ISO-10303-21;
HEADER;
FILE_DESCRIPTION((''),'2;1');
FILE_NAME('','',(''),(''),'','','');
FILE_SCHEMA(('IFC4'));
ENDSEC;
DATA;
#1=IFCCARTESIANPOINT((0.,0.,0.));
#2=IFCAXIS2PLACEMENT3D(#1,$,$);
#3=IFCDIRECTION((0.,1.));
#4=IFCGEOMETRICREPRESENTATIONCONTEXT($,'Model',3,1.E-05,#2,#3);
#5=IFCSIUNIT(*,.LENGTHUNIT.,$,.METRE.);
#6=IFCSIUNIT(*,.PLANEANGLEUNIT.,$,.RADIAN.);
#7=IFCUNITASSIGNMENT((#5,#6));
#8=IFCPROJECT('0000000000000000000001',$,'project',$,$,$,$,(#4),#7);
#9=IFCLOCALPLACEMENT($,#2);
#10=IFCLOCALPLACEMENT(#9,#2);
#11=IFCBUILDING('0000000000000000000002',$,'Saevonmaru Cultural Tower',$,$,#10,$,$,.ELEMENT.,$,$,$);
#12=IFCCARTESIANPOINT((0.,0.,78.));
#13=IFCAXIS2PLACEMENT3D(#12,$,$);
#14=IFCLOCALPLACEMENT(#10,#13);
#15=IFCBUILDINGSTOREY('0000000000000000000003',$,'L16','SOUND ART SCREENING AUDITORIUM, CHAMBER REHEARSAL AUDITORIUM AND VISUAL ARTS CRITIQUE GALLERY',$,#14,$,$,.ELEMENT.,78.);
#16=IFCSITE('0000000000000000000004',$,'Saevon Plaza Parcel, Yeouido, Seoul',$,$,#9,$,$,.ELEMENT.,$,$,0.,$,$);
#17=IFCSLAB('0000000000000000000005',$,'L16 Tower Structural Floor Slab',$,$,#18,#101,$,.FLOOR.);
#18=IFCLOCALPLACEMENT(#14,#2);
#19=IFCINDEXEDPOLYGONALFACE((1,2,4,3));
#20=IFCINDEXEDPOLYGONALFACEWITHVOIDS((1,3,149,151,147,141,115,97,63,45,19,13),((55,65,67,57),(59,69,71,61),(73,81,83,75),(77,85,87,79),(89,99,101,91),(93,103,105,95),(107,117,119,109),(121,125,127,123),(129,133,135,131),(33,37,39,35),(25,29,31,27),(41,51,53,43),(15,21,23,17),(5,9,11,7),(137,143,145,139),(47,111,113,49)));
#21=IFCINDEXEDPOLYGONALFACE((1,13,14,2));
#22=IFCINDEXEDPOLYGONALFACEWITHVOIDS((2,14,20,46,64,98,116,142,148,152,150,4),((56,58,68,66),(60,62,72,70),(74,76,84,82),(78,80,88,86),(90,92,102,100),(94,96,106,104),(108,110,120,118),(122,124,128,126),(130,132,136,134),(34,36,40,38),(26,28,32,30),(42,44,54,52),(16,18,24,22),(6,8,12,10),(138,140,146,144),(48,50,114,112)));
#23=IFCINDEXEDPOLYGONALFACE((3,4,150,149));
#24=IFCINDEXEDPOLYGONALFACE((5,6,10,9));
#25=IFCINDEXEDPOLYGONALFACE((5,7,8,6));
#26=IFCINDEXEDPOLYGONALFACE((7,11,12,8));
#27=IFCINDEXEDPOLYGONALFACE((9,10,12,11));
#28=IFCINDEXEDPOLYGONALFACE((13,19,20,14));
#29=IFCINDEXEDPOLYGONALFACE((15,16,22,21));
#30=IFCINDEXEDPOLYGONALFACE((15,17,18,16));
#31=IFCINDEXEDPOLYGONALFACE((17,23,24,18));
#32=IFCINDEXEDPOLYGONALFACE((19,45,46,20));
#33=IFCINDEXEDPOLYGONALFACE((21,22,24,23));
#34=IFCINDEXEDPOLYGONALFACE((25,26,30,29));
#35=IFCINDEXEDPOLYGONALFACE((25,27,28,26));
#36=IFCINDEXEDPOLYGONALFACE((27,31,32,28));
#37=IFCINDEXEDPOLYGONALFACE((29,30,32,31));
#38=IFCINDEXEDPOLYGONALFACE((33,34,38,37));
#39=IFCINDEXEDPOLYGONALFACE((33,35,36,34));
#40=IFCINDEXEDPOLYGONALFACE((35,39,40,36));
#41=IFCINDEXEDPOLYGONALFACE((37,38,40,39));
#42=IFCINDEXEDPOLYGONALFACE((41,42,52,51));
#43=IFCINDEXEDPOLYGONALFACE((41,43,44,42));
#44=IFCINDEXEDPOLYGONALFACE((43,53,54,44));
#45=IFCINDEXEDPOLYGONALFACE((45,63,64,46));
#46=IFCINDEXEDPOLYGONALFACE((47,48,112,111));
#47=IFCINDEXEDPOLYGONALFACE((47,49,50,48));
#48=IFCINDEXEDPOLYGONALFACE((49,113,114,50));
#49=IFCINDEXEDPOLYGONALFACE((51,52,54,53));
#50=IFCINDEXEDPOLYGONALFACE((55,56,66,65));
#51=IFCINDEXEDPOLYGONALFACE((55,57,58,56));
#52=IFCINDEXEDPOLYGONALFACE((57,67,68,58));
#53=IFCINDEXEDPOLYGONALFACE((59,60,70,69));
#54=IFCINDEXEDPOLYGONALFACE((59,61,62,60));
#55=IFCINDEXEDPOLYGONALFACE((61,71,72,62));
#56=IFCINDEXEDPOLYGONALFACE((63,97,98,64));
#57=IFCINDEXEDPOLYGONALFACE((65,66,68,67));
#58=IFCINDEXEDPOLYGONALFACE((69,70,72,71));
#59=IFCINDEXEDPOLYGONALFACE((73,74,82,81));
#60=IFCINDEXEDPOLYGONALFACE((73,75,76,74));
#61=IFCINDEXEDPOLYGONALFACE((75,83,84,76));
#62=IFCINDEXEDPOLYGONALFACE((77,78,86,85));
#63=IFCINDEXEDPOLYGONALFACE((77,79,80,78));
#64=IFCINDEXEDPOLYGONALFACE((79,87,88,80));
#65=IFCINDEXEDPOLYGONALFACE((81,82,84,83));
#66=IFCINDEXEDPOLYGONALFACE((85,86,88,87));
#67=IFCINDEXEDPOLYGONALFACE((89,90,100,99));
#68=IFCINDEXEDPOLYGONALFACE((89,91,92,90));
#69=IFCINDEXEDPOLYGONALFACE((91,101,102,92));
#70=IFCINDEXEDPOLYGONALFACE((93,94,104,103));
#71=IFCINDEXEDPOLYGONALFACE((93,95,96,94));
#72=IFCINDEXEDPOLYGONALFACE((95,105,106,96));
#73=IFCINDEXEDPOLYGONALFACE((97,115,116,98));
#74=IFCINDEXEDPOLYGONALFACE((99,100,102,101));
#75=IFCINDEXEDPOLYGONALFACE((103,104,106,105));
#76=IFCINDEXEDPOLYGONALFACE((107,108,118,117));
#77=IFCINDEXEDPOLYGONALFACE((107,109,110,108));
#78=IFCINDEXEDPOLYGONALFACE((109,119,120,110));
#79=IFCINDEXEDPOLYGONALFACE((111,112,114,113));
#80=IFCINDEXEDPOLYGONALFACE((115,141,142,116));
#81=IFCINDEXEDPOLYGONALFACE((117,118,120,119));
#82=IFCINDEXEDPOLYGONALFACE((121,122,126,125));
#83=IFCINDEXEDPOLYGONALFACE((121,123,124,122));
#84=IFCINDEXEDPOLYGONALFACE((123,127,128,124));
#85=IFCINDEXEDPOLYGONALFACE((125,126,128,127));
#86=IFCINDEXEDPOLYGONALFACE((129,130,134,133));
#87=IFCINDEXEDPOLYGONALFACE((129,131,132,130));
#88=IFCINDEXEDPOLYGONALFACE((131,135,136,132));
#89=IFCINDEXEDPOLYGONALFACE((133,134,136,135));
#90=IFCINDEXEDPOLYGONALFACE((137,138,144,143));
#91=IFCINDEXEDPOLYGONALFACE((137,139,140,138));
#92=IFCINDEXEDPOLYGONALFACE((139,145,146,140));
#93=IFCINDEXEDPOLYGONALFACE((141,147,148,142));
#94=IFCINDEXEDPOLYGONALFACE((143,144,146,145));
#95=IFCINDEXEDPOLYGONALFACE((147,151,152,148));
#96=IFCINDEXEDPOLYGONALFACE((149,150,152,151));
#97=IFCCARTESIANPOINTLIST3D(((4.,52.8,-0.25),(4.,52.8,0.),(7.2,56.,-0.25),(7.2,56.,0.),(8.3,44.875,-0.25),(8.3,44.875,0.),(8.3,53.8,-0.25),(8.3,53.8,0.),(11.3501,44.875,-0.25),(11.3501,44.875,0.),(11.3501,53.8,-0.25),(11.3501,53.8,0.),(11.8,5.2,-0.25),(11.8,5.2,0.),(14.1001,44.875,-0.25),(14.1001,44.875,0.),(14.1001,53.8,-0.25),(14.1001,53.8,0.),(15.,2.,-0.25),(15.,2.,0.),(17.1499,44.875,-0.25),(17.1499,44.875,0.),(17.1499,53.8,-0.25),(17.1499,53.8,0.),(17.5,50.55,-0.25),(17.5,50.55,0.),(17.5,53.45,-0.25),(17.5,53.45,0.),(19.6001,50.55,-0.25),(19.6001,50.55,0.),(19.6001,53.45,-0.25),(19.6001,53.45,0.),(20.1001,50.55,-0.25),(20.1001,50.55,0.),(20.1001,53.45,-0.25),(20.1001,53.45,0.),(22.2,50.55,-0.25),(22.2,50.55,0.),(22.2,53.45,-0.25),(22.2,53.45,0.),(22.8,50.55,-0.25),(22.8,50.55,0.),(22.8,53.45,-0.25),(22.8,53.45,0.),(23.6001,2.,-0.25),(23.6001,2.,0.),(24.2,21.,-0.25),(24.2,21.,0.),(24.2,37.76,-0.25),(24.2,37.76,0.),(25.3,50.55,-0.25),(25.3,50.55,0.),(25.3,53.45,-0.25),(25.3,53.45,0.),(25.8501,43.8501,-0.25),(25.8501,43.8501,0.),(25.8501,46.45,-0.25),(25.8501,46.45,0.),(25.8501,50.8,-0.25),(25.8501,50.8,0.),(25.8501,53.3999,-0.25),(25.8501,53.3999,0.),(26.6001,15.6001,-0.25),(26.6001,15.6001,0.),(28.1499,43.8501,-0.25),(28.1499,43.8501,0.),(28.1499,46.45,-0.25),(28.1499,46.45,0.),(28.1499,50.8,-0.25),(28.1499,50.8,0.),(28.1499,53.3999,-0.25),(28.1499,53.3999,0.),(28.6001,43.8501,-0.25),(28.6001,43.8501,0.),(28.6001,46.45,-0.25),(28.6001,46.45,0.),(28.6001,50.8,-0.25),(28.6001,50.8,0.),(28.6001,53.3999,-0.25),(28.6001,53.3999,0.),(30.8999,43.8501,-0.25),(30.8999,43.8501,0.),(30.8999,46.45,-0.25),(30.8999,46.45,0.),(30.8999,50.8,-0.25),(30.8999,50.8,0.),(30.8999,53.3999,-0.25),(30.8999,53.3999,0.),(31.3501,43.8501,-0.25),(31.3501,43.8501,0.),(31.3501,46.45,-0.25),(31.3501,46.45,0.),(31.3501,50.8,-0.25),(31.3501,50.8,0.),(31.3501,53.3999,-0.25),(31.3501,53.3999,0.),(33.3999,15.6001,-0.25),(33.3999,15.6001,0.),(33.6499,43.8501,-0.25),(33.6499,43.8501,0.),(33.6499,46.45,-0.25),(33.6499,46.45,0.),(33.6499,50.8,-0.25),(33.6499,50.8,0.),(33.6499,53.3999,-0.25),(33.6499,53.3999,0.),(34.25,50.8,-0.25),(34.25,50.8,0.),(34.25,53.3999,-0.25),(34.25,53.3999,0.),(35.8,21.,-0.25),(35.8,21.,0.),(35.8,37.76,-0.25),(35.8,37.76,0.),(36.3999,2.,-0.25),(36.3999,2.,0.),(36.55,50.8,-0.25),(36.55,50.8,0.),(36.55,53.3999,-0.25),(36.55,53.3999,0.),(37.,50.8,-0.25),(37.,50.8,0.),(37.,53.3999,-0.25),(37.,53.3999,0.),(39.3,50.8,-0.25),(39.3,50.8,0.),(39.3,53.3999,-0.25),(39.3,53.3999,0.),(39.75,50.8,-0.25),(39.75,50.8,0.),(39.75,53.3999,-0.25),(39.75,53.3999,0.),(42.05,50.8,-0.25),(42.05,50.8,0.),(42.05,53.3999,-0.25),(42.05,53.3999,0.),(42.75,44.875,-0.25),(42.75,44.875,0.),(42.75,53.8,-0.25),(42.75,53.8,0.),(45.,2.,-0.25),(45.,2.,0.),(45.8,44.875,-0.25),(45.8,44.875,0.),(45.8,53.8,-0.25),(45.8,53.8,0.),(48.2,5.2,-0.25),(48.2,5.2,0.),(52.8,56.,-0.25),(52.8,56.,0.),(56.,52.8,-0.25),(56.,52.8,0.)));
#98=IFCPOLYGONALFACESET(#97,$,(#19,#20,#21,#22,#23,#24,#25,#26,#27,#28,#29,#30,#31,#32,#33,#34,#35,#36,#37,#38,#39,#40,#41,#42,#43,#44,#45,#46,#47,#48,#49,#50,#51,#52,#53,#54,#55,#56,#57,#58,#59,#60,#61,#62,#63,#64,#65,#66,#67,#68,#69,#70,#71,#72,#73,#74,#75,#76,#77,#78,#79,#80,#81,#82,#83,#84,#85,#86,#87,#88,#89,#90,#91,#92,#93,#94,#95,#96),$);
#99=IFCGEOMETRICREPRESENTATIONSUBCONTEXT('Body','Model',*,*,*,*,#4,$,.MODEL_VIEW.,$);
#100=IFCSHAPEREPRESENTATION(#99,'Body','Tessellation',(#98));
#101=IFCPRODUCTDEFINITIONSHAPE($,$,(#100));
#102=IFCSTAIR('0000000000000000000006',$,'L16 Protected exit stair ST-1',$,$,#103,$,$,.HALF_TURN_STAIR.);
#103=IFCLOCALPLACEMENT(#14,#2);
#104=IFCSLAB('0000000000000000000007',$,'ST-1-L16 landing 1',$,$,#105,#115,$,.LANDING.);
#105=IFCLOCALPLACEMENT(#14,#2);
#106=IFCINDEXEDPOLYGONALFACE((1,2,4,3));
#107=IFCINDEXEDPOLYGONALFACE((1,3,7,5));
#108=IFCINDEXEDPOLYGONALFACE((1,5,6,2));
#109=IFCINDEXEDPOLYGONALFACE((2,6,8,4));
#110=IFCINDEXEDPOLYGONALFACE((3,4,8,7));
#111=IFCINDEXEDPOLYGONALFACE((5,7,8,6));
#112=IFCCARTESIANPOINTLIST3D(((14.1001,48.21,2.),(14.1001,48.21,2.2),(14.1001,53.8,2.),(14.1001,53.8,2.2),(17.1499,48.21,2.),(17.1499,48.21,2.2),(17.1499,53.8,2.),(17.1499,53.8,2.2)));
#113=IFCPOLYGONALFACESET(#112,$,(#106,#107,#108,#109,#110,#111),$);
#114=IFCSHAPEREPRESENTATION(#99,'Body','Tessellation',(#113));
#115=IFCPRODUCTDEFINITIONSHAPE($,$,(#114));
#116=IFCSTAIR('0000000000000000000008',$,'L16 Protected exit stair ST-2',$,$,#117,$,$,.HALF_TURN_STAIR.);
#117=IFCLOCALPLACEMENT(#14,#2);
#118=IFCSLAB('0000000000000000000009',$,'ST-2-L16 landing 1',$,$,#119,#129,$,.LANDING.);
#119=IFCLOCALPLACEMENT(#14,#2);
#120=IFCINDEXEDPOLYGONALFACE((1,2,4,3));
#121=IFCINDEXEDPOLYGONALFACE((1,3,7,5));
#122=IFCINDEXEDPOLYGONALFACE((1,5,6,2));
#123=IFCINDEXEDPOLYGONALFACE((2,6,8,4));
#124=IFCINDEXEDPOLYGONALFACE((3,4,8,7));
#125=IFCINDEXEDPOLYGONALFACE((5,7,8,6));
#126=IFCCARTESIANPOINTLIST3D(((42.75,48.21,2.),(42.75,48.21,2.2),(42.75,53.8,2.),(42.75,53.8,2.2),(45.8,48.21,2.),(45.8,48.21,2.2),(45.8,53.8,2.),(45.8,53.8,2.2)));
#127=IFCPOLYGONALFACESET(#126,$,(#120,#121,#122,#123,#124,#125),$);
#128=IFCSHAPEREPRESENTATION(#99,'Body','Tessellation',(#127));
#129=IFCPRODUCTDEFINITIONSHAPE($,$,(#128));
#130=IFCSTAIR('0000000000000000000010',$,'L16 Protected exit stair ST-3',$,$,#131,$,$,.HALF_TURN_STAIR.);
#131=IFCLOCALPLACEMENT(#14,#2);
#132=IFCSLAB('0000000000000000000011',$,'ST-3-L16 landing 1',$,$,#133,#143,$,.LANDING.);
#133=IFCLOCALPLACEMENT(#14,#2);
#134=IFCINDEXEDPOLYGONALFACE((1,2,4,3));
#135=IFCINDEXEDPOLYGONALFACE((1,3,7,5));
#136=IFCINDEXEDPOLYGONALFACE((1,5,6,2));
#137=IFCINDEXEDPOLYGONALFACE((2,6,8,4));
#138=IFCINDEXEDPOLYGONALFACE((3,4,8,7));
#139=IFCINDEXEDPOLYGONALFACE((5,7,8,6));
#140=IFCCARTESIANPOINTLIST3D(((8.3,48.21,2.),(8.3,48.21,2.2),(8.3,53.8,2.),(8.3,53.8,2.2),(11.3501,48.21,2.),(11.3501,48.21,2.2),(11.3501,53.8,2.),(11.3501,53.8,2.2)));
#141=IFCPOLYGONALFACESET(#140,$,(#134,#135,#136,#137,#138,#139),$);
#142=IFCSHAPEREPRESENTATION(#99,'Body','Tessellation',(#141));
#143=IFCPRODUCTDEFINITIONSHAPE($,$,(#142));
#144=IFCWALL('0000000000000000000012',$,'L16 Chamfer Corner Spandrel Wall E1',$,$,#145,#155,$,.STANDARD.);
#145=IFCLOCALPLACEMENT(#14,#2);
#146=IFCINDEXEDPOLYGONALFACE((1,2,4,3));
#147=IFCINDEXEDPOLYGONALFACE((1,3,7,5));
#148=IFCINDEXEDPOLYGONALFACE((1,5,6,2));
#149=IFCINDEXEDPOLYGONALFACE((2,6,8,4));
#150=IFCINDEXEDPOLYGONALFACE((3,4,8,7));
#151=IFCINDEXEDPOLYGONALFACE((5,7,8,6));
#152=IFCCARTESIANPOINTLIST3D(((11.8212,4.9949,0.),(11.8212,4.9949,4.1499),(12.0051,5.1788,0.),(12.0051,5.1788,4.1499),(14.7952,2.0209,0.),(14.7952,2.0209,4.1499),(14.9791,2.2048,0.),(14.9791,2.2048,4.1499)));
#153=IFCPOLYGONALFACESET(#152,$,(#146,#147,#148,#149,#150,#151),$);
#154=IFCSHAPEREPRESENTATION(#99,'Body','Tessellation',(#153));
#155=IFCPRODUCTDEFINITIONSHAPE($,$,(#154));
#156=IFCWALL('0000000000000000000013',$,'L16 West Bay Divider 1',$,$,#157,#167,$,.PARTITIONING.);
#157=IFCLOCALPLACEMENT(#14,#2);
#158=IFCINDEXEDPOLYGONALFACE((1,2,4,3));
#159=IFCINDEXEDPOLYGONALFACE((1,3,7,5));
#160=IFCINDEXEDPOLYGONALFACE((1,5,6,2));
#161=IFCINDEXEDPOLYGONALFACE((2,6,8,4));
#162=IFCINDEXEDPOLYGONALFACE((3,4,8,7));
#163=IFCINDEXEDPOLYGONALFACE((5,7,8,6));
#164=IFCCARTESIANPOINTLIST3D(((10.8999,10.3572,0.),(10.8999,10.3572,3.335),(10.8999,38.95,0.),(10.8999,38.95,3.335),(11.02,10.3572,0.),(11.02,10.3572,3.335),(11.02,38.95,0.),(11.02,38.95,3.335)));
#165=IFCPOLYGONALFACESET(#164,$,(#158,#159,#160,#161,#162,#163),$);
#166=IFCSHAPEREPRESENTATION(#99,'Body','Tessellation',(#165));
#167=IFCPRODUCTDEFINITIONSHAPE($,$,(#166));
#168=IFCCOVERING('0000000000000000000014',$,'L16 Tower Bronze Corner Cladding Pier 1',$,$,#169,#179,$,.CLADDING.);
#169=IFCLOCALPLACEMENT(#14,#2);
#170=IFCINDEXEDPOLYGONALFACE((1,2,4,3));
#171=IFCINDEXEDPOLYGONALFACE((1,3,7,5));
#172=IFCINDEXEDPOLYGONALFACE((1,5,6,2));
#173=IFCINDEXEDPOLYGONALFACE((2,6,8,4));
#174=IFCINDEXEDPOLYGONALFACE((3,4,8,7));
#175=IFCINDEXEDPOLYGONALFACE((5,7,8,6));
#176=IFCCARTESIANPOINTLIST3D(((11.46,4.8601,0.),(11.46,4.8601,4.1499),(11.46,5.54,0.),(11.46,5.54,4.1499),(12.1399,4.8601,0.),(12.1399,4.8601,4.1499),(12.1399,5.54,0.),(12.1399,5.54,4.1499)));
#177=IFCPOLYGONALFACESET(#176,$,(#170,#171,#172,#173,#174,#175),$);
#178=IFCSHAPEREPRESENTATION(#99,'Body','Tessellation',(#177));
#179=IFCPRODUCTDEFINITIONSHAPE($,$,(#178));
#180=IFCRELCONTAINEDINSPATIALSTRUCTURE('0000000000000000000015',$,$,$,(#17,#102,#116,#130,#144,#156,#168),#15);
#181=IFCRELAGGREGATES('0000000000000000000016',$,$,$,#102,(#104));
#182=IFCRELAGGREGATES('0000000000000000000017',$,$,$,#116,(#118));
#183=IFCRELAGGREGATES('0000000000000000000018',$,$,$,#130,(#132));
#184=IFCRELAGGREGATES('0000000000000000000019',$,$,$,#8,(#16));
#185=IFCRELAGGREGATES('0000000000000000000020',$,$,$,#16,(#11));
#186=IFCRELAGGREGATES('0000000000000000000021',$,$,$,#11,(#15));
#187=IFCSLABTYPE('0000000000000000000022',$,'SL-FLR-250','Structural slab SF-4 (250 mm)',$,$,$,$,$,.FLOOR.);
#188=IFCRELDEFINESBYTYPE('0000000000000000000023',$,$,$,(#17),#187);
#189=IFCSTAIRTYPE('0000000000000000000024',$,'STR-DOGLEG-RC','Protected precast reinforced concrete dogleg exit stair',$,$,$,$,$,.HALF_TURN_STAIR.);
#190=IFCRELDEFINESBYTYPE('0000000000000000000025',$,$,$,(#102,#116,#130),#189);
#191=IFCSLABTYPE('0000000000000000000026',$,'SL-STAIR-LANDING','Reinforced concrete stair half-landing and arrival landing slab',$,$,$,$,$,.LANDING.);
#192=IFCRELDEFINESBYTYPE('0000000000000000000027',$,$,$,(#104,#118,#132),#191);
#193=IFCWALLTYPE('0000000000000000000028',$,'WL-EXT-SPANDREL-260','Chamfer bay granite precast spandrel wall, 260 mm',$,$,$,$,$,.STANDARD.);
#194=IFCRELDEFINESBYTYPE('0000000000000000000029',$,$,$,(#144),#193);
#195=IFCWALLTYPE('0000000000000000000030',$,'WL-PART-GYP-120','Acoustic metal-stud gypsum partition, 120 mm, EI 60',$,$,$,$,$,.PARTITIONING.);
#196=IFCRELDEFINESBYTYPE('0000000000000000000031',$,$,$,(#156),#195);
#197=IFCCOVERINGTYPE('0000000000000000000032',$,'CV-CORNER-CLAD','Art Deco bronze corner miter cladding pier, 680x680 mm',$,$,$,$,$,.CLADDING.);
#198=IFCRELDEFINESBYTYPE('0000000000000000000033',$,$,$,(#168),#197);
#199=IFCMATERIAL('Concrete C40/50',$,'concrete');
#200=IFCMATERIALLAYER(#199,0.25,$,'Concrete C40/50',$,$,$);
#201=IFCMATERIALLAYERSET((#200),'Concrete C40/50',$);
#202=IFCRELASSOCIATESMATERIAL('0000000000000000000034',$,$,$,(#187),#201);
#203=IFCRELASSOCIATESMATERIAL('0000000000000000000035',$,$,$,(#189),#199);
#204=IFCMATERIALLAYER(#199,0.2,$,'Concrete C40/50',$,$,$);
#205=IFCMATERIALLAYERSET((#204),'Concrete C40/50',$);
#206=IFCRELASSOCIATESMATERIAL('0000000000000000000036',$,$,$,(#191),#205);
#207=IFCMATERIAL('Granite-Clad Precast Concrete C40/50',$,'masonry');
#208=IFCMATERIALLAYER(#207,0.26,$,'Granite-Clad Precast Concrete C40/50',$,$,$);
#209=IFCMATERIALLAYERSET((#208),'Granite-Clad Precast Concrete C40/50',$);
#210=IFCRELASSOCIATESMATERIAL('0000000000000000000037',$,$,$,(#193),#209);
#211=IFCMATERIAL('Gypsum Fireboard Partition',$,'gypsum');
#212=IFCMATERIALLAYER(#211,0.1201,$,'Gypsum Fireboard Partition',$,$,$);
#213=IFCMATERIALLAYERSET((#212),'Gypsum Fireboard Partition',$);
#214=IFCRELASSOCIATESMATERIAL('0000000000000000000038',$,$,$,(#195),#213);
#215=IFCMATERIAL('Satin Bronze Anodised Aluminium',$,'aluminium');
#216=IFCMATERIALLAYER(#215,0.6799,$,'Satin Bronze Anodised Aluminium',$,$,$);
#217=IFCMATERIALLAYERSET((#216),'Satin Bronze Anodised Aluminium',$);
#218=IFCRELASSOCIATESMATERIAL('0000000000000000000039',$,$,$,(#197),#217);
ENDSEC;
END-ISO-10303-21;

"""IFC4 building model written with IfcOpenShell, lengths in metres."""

from ifc_helpers import new_model, si_unit, direction, frame, frame_2d, origin, place, context, subcontext, project, spatial, polyline, rectangle, outline, extrude, material, layer, layer_set, type_object, element, aggregate, save


model = new_model("IFC4")

# Units and contexts
model_context = context("Model", 3, precision=1e-05, world=origin(), true_north=direction((0.0, 1.0)))
body_context = subcontext(model_context, "Body", "Model", "MODEL_VIEW")
ifc_project = project(units=[si_unit("LENGTHUNIT", "METRE"), si_unit("PLANEANGLEUNIT", "RADIAN")], contexts=[model_context])

# Site, building, storey
site_placement = place(None, origin())
site = spatial("IfcSite", under=ifc_project, at=site_placement, Name="Saevon Plaza Parcel, Yeouido, Seoul", CompositionType="ELEMENT", RefElevation=0.0)
building_placement = place(site_placement, origin())
building = spatial("IfcBuilding", under=site, at=building_placement, Name="Saevonmaru Cultural Tower", CompositionType="ELEMENT")
storey_placement = place(building_placement, frame((0.0, 0.0, 78.0)))
storey = spatial("IfcBuildingStorey", under=building, at=storey_placement, Name="L16", Description="SOUND ART SCREENING AUDITORIUM, CHAMBER REHEARSAL AUDITORIUM AND VISUAL ARTS CRITIQUE GALLERY", CompositionType="ELEMENT", Elevation=78.0)

# Shared definitions
ifc_material_1 = material(Name="Satin Bronze Anodised Aluminium", Category="aluminium")

# Slab
ifc_material_2 = material(Name="Concrete C40/50", Category="concrete")
ifc_layer_1 = layer(ifc_material_2, 0.25, Name="Concrete C40/50")
ifc_layer_set_1 = layer_set([ifc_layer_1], Name="Concrete C40/50")
slab_type_1 = type_object("IfcSlabType", Name="SL-FLR-250", Description="Structural slab SF-4 (250 mm)", PredefinedType="FLOOR", material=ifc_layer_set_1)
slab_1_placement = place(storey_placement, frame((0.0, 0.0, -0.25)))
element("IfcSlab", 1, at=slab_1_placement, inside=storey, type_object=slab_type_1, Name="L16 Tower Structural Floor Slab", PredefinedType="FLOOR", context=body_context, shape_type="SweptSolid", body=[
    extrude(outline(polyline([(11.8, 5.2), (15.0, 2.0), (23.6001, 2.0), (26.6001, 15.6001), (33.3999, 15.6001), (36.3999, 2.0), (45.0, 2.0), (48.2, 5.2), (56.0, 52.8), (52.8, 56.0), (7.2, 56.0), (4.0, 52.8), (11.8, 5.2)]), holes=[polyline([(45.8, 44.875), (42.75, 44.875), (42.75, 53.8), (45.8, 53.8), (45.8, 44.875)]), polyline([(39.75, 50.8), (39.75, 53.3999), (42.05, 53.3999), (42.05, 50.8), (39.75, 50.8)]), polyline([(37.0, 50.8), (37.0, 53.3999), (39.3, 53.3999), (39.3, 50.8), (37.0, 50.8)]), polyline([(34.25, 50.8), (34.25, 53.3999), (36.55, 53.3999), (36.55, 50.8), (34.25, 50.8)]), polyline([(24.2, 21.0), (24.2, 37.76), (35.8, 37.76), (35.8, 21.0), (24.2, 21.0)]), polyline([(31.3501, 50.8), (31.3501, 53.3999), (33.6499, 53.3999), (33.6499, 50.8), (31.3501, 50.8)]), polyline([(31.3501, 43.8501), (31.3501, 46.45), (33.6499, 46.45), (33.6499, 43.8501), (31.3501, 43.8501)]), polyline([(28.6001, 43.8501), (28.6001, 46.45), (30.8999, 46.45), (30.8999, 43.8501), (28.6001, 43.8501)]), polyline([(28.6001, 50.8), (28.6001, 53.3999), (30.8999, 53.3999), (30.8999, 50.8), (28.6001, 50.8)]), polyline([(25.8501, 50.8), (25.8501, 53.3999), (28.1499, 53.3999), (28.1499, 50.8), (25.8501, 50.8)]), polyline([(25.8501, 43.8501), (25.8501, 46.45), (28.1499, 46.45), (28.1499, 43.8501), (25.8501, 43.8501)]), polyline([(22.8, 50.55), (22.8, 53.45), (25.3, 53.45), (25.3, 50.55), (22.8, 50.55)]), polyline([(20.1001, 50.55), (20.1001, 53.45), (22.2, 53.45), (22.2, 50.55), (20.1001, 50.55)]), polyline([(17.5, 50.55), (17.5, 53.45), (19.6001, 53.45), (19.6001, 50.55), (17.5, 50.55)]), polyline([(17.1499, 44.875), (14.1001, 44.875), (14.1001, 53.8), (17.1499, 53.8), (17.1499, 44.875)]), polyline([(11.3501, 44.875), (8.3, 44.875), (8.3, 53.8), (11.3501, 53.8), (11.3501, 44.875)])]), origin(), (0.0, 0.0, 1.0), 0.25),
])

# Stairs, slabs
stair_type = type_object("IfcStairType", Name="STR-DOGLEG-RC", Description="Protected precast reinforced concrete dogleg exit stair", PredefinedType="HALF_TURN_STAIR", material=ifc_material_2)
stair_1_placement = place(storey_placement, origin())
stair_1 = element("IfcStair", 2, at=stair_1_placement, inside=storey, type_object=stair_type, Name="L16 Protected exit stair ST-1", PredefinedType="HALF_TURN_STAIR")
ifc_layer_2 = layer(ifc_material_2, 0.2, Name="Concrete C40/50")
ifc_layer_set_2 = layer_set([ifc_layer_2], Name="Concrete C40/50")
slab_type_2 = type_object("IfcSlabType", Name="SL-STAIR-LANDING", Description="Reinforced concrete stair half-landing and arrival landing slab", PredefinedType="LANDING", material=ifc_layer_set_2)
slab_2_placement = place(storey_placement, frame((0.0, 0.0, 2.0)))
slab_2 = element("IfcSlab", 3, at=slab_2_placement, type_object=slab_type_2, Name="ST-1-L16 landing 1", PredefinedType="LANDING", context=body_context, shape_type="SweptSolid", body=[
    extrude(outline(polyline([(17.1499, 48.21), (17.1499, 53.8), (14.1001, 53.8), (14.1001, 48.21), (17.1499, 48.21)])), origin(), (0.0, 0.0, 1.0), 0.2),
])
aggregate(stair_1, [slab_2])
stair_2_placement = place(storey_placement, origin())
stair_2 = element("IfcStair", 4, at=stair_2_placement, inside=storey, type_object=stair_type, Name="L16 Protected exit stair ST-2", PredefinedType="HALF_TURN_STAIR")
slab_3_placement = place(storey_placement, frame((0.0, 0.0, 2.0)))
slab_3 = element("IfcSlab", 5, at=slab_3_placement, type_object=slab_type_2, Name="ST-2-L16 landing 1", PredefinedType="LANDING", context=body_context, shape_type="SweptSolid", body=[
    extrude(outline(polyline([(45.8, 48.21), (45.8, 53.8), (42.75, 53.8), (42.75, 48.21), (45.8, 48.21)])), origin(), (0.0, 0.0, 1.0), 0.2),
])
aggregate(stair_2, [slab_3])
stair_3_placement = place(storey_placement, origin())
stair_3 = element("IfcStair", 6, at=stair_3_placement, inside=storey, type_object=stair_type, Name="L16 Protected exit stair ST-3", PredefinedType="HALF_TURN_STAIR")
slab_4_placement = place(storey_placement, frame((0.0, 0.0, 2.0)))
slab_4 = element("IfcSlab", 7, at=slab_4_placement, type_object=slab_type_2, Name="ST-3-L16 landing 1", PredefinedType="LANDING", context=body_context, shape_type="SweptSolid", body=[
    extrude(outline(polyline([(11.3501, 48.21), (11.3501, 53.8), (8.3, 53.8), (8.3, 48.21), (11.3501, 48.21)])), origin(), (0.0, 0.0, 1.0), 0.2),
])
aggregate(stair_3, [slab_4])

# Walls
ifc_material_3 = material(Name="Granite-Clad Precast Concrete C40/50", Category="masonry")
ifc_layer_3 = layer(ifc_material_3, 0.26, Name="Granite-Clad Precast Concrete C40/50")
ifc_layer_set_3 = layer_set([ifc_layer_3], Name="Granite-Clad Precast Concrete C40/50")
wall_type_1 = type_object("IfcWallType", Name="WL-EXT-SPANDREL-260", Description="Chamfer bay granite precast spandrel wall, 260 mm", PredefinedType="STANDARD", material=ifc_layer_set_3)
wall_1_placement = place(storey_placement, frame((11.9131, 5.0869, 0.0), z_axis=(0.0, 0.0, 1.0), x_axis=(0.707107, -0.707107, 0.0)))
element("IfcWall", 8, at=wall_1_placement, inside=storey, type_object=wall_type_1, Name="L16 Chamfer Corner Spandrel Wall E1", PredefinedType="STANDARD", context=body_context, shape_type="SweptSolid", body=[
    extrude(rectangle(XDim=4.2058, YDim=0.26, at=frame_2d((2.103, 0.0))), origin(), (0.0, 0.0, 1.0), 4.1499),
])
ifc_material_4 = material(Name="Gypsum Fireboard Partition", Category="gypsum")
ifc_layer_4 = layer(ifc_material_4, 0.1201, Name="Gypsum Fireboard Partition")
ifc_layer_set_4 = layer_set([ifc_layer_4], Name="Gypsum Fireboard Partition")
wall_type_2 = type_object("IfcWallType", Name="WL-PART-GYP-120", Description="Acoustic metal-stud gypsum partition, 120 mm, EI 60", PredefinedType="PARTITIONING", material=ifc_layer_set_4)
wall_2_placement = place(storey_placement, frame((10.96, 10.3572, 0.0), z_axis=(0.0, 0.0, 1.0), x_axis=(0.0, 1.0, 0.0)))
element("IfcWall", 9, at=wall_2_placement, inside=storey, type_object=wall_type_2, Name="L16 West Bay Divider 1", PredefinedType="PARTITIONING", context=body_context, shape_type="SweptSolid", body=[
    extrude(rectangle(XDim=28.5928, YDim=0.1201, at=frame_2d((14.2964, 0.0))), origin(), (0.0, 0.0, 1.0), 3.335),
])

# Covering
ifc_layer_5 = layer(ifc_material_1, 0.6799, Name="Satin Bronze Anodised Aluminium")
ifc_layer_set_5 = layer_set([ifc_layer_5], Name="Satin Bronze Anodised Aluminium")
covering_type = type_object("IfcCoveringType", Name="CV-CORNER-CLAD", Description="Art Deco bronze corner miter cladding pier, 680x680 mm", PredefinedType="CLADDING", material=ifc_layer_set_5)
covering_1_placement = place(storey_placement, origin())
element("IfcCovering", 10, at=covering_1_placement, inside=storey, type_object=covering_type, Name="L16 Tower Bronze Corner Cladding Pier 1", PredefinedType="CLADDING", context=body_context, shape_type="SweptSolid", body=[
    extrude(outline(polyline([(11.46, 4.8601), (12.1399, 4.8601), (12.1399, 5.54), (11.46, 5.54), (11.46, 4.8601)])), origin(), (0.0, 0.0, 1.0), 4.1499),
])

save(model, "model.ifc")
